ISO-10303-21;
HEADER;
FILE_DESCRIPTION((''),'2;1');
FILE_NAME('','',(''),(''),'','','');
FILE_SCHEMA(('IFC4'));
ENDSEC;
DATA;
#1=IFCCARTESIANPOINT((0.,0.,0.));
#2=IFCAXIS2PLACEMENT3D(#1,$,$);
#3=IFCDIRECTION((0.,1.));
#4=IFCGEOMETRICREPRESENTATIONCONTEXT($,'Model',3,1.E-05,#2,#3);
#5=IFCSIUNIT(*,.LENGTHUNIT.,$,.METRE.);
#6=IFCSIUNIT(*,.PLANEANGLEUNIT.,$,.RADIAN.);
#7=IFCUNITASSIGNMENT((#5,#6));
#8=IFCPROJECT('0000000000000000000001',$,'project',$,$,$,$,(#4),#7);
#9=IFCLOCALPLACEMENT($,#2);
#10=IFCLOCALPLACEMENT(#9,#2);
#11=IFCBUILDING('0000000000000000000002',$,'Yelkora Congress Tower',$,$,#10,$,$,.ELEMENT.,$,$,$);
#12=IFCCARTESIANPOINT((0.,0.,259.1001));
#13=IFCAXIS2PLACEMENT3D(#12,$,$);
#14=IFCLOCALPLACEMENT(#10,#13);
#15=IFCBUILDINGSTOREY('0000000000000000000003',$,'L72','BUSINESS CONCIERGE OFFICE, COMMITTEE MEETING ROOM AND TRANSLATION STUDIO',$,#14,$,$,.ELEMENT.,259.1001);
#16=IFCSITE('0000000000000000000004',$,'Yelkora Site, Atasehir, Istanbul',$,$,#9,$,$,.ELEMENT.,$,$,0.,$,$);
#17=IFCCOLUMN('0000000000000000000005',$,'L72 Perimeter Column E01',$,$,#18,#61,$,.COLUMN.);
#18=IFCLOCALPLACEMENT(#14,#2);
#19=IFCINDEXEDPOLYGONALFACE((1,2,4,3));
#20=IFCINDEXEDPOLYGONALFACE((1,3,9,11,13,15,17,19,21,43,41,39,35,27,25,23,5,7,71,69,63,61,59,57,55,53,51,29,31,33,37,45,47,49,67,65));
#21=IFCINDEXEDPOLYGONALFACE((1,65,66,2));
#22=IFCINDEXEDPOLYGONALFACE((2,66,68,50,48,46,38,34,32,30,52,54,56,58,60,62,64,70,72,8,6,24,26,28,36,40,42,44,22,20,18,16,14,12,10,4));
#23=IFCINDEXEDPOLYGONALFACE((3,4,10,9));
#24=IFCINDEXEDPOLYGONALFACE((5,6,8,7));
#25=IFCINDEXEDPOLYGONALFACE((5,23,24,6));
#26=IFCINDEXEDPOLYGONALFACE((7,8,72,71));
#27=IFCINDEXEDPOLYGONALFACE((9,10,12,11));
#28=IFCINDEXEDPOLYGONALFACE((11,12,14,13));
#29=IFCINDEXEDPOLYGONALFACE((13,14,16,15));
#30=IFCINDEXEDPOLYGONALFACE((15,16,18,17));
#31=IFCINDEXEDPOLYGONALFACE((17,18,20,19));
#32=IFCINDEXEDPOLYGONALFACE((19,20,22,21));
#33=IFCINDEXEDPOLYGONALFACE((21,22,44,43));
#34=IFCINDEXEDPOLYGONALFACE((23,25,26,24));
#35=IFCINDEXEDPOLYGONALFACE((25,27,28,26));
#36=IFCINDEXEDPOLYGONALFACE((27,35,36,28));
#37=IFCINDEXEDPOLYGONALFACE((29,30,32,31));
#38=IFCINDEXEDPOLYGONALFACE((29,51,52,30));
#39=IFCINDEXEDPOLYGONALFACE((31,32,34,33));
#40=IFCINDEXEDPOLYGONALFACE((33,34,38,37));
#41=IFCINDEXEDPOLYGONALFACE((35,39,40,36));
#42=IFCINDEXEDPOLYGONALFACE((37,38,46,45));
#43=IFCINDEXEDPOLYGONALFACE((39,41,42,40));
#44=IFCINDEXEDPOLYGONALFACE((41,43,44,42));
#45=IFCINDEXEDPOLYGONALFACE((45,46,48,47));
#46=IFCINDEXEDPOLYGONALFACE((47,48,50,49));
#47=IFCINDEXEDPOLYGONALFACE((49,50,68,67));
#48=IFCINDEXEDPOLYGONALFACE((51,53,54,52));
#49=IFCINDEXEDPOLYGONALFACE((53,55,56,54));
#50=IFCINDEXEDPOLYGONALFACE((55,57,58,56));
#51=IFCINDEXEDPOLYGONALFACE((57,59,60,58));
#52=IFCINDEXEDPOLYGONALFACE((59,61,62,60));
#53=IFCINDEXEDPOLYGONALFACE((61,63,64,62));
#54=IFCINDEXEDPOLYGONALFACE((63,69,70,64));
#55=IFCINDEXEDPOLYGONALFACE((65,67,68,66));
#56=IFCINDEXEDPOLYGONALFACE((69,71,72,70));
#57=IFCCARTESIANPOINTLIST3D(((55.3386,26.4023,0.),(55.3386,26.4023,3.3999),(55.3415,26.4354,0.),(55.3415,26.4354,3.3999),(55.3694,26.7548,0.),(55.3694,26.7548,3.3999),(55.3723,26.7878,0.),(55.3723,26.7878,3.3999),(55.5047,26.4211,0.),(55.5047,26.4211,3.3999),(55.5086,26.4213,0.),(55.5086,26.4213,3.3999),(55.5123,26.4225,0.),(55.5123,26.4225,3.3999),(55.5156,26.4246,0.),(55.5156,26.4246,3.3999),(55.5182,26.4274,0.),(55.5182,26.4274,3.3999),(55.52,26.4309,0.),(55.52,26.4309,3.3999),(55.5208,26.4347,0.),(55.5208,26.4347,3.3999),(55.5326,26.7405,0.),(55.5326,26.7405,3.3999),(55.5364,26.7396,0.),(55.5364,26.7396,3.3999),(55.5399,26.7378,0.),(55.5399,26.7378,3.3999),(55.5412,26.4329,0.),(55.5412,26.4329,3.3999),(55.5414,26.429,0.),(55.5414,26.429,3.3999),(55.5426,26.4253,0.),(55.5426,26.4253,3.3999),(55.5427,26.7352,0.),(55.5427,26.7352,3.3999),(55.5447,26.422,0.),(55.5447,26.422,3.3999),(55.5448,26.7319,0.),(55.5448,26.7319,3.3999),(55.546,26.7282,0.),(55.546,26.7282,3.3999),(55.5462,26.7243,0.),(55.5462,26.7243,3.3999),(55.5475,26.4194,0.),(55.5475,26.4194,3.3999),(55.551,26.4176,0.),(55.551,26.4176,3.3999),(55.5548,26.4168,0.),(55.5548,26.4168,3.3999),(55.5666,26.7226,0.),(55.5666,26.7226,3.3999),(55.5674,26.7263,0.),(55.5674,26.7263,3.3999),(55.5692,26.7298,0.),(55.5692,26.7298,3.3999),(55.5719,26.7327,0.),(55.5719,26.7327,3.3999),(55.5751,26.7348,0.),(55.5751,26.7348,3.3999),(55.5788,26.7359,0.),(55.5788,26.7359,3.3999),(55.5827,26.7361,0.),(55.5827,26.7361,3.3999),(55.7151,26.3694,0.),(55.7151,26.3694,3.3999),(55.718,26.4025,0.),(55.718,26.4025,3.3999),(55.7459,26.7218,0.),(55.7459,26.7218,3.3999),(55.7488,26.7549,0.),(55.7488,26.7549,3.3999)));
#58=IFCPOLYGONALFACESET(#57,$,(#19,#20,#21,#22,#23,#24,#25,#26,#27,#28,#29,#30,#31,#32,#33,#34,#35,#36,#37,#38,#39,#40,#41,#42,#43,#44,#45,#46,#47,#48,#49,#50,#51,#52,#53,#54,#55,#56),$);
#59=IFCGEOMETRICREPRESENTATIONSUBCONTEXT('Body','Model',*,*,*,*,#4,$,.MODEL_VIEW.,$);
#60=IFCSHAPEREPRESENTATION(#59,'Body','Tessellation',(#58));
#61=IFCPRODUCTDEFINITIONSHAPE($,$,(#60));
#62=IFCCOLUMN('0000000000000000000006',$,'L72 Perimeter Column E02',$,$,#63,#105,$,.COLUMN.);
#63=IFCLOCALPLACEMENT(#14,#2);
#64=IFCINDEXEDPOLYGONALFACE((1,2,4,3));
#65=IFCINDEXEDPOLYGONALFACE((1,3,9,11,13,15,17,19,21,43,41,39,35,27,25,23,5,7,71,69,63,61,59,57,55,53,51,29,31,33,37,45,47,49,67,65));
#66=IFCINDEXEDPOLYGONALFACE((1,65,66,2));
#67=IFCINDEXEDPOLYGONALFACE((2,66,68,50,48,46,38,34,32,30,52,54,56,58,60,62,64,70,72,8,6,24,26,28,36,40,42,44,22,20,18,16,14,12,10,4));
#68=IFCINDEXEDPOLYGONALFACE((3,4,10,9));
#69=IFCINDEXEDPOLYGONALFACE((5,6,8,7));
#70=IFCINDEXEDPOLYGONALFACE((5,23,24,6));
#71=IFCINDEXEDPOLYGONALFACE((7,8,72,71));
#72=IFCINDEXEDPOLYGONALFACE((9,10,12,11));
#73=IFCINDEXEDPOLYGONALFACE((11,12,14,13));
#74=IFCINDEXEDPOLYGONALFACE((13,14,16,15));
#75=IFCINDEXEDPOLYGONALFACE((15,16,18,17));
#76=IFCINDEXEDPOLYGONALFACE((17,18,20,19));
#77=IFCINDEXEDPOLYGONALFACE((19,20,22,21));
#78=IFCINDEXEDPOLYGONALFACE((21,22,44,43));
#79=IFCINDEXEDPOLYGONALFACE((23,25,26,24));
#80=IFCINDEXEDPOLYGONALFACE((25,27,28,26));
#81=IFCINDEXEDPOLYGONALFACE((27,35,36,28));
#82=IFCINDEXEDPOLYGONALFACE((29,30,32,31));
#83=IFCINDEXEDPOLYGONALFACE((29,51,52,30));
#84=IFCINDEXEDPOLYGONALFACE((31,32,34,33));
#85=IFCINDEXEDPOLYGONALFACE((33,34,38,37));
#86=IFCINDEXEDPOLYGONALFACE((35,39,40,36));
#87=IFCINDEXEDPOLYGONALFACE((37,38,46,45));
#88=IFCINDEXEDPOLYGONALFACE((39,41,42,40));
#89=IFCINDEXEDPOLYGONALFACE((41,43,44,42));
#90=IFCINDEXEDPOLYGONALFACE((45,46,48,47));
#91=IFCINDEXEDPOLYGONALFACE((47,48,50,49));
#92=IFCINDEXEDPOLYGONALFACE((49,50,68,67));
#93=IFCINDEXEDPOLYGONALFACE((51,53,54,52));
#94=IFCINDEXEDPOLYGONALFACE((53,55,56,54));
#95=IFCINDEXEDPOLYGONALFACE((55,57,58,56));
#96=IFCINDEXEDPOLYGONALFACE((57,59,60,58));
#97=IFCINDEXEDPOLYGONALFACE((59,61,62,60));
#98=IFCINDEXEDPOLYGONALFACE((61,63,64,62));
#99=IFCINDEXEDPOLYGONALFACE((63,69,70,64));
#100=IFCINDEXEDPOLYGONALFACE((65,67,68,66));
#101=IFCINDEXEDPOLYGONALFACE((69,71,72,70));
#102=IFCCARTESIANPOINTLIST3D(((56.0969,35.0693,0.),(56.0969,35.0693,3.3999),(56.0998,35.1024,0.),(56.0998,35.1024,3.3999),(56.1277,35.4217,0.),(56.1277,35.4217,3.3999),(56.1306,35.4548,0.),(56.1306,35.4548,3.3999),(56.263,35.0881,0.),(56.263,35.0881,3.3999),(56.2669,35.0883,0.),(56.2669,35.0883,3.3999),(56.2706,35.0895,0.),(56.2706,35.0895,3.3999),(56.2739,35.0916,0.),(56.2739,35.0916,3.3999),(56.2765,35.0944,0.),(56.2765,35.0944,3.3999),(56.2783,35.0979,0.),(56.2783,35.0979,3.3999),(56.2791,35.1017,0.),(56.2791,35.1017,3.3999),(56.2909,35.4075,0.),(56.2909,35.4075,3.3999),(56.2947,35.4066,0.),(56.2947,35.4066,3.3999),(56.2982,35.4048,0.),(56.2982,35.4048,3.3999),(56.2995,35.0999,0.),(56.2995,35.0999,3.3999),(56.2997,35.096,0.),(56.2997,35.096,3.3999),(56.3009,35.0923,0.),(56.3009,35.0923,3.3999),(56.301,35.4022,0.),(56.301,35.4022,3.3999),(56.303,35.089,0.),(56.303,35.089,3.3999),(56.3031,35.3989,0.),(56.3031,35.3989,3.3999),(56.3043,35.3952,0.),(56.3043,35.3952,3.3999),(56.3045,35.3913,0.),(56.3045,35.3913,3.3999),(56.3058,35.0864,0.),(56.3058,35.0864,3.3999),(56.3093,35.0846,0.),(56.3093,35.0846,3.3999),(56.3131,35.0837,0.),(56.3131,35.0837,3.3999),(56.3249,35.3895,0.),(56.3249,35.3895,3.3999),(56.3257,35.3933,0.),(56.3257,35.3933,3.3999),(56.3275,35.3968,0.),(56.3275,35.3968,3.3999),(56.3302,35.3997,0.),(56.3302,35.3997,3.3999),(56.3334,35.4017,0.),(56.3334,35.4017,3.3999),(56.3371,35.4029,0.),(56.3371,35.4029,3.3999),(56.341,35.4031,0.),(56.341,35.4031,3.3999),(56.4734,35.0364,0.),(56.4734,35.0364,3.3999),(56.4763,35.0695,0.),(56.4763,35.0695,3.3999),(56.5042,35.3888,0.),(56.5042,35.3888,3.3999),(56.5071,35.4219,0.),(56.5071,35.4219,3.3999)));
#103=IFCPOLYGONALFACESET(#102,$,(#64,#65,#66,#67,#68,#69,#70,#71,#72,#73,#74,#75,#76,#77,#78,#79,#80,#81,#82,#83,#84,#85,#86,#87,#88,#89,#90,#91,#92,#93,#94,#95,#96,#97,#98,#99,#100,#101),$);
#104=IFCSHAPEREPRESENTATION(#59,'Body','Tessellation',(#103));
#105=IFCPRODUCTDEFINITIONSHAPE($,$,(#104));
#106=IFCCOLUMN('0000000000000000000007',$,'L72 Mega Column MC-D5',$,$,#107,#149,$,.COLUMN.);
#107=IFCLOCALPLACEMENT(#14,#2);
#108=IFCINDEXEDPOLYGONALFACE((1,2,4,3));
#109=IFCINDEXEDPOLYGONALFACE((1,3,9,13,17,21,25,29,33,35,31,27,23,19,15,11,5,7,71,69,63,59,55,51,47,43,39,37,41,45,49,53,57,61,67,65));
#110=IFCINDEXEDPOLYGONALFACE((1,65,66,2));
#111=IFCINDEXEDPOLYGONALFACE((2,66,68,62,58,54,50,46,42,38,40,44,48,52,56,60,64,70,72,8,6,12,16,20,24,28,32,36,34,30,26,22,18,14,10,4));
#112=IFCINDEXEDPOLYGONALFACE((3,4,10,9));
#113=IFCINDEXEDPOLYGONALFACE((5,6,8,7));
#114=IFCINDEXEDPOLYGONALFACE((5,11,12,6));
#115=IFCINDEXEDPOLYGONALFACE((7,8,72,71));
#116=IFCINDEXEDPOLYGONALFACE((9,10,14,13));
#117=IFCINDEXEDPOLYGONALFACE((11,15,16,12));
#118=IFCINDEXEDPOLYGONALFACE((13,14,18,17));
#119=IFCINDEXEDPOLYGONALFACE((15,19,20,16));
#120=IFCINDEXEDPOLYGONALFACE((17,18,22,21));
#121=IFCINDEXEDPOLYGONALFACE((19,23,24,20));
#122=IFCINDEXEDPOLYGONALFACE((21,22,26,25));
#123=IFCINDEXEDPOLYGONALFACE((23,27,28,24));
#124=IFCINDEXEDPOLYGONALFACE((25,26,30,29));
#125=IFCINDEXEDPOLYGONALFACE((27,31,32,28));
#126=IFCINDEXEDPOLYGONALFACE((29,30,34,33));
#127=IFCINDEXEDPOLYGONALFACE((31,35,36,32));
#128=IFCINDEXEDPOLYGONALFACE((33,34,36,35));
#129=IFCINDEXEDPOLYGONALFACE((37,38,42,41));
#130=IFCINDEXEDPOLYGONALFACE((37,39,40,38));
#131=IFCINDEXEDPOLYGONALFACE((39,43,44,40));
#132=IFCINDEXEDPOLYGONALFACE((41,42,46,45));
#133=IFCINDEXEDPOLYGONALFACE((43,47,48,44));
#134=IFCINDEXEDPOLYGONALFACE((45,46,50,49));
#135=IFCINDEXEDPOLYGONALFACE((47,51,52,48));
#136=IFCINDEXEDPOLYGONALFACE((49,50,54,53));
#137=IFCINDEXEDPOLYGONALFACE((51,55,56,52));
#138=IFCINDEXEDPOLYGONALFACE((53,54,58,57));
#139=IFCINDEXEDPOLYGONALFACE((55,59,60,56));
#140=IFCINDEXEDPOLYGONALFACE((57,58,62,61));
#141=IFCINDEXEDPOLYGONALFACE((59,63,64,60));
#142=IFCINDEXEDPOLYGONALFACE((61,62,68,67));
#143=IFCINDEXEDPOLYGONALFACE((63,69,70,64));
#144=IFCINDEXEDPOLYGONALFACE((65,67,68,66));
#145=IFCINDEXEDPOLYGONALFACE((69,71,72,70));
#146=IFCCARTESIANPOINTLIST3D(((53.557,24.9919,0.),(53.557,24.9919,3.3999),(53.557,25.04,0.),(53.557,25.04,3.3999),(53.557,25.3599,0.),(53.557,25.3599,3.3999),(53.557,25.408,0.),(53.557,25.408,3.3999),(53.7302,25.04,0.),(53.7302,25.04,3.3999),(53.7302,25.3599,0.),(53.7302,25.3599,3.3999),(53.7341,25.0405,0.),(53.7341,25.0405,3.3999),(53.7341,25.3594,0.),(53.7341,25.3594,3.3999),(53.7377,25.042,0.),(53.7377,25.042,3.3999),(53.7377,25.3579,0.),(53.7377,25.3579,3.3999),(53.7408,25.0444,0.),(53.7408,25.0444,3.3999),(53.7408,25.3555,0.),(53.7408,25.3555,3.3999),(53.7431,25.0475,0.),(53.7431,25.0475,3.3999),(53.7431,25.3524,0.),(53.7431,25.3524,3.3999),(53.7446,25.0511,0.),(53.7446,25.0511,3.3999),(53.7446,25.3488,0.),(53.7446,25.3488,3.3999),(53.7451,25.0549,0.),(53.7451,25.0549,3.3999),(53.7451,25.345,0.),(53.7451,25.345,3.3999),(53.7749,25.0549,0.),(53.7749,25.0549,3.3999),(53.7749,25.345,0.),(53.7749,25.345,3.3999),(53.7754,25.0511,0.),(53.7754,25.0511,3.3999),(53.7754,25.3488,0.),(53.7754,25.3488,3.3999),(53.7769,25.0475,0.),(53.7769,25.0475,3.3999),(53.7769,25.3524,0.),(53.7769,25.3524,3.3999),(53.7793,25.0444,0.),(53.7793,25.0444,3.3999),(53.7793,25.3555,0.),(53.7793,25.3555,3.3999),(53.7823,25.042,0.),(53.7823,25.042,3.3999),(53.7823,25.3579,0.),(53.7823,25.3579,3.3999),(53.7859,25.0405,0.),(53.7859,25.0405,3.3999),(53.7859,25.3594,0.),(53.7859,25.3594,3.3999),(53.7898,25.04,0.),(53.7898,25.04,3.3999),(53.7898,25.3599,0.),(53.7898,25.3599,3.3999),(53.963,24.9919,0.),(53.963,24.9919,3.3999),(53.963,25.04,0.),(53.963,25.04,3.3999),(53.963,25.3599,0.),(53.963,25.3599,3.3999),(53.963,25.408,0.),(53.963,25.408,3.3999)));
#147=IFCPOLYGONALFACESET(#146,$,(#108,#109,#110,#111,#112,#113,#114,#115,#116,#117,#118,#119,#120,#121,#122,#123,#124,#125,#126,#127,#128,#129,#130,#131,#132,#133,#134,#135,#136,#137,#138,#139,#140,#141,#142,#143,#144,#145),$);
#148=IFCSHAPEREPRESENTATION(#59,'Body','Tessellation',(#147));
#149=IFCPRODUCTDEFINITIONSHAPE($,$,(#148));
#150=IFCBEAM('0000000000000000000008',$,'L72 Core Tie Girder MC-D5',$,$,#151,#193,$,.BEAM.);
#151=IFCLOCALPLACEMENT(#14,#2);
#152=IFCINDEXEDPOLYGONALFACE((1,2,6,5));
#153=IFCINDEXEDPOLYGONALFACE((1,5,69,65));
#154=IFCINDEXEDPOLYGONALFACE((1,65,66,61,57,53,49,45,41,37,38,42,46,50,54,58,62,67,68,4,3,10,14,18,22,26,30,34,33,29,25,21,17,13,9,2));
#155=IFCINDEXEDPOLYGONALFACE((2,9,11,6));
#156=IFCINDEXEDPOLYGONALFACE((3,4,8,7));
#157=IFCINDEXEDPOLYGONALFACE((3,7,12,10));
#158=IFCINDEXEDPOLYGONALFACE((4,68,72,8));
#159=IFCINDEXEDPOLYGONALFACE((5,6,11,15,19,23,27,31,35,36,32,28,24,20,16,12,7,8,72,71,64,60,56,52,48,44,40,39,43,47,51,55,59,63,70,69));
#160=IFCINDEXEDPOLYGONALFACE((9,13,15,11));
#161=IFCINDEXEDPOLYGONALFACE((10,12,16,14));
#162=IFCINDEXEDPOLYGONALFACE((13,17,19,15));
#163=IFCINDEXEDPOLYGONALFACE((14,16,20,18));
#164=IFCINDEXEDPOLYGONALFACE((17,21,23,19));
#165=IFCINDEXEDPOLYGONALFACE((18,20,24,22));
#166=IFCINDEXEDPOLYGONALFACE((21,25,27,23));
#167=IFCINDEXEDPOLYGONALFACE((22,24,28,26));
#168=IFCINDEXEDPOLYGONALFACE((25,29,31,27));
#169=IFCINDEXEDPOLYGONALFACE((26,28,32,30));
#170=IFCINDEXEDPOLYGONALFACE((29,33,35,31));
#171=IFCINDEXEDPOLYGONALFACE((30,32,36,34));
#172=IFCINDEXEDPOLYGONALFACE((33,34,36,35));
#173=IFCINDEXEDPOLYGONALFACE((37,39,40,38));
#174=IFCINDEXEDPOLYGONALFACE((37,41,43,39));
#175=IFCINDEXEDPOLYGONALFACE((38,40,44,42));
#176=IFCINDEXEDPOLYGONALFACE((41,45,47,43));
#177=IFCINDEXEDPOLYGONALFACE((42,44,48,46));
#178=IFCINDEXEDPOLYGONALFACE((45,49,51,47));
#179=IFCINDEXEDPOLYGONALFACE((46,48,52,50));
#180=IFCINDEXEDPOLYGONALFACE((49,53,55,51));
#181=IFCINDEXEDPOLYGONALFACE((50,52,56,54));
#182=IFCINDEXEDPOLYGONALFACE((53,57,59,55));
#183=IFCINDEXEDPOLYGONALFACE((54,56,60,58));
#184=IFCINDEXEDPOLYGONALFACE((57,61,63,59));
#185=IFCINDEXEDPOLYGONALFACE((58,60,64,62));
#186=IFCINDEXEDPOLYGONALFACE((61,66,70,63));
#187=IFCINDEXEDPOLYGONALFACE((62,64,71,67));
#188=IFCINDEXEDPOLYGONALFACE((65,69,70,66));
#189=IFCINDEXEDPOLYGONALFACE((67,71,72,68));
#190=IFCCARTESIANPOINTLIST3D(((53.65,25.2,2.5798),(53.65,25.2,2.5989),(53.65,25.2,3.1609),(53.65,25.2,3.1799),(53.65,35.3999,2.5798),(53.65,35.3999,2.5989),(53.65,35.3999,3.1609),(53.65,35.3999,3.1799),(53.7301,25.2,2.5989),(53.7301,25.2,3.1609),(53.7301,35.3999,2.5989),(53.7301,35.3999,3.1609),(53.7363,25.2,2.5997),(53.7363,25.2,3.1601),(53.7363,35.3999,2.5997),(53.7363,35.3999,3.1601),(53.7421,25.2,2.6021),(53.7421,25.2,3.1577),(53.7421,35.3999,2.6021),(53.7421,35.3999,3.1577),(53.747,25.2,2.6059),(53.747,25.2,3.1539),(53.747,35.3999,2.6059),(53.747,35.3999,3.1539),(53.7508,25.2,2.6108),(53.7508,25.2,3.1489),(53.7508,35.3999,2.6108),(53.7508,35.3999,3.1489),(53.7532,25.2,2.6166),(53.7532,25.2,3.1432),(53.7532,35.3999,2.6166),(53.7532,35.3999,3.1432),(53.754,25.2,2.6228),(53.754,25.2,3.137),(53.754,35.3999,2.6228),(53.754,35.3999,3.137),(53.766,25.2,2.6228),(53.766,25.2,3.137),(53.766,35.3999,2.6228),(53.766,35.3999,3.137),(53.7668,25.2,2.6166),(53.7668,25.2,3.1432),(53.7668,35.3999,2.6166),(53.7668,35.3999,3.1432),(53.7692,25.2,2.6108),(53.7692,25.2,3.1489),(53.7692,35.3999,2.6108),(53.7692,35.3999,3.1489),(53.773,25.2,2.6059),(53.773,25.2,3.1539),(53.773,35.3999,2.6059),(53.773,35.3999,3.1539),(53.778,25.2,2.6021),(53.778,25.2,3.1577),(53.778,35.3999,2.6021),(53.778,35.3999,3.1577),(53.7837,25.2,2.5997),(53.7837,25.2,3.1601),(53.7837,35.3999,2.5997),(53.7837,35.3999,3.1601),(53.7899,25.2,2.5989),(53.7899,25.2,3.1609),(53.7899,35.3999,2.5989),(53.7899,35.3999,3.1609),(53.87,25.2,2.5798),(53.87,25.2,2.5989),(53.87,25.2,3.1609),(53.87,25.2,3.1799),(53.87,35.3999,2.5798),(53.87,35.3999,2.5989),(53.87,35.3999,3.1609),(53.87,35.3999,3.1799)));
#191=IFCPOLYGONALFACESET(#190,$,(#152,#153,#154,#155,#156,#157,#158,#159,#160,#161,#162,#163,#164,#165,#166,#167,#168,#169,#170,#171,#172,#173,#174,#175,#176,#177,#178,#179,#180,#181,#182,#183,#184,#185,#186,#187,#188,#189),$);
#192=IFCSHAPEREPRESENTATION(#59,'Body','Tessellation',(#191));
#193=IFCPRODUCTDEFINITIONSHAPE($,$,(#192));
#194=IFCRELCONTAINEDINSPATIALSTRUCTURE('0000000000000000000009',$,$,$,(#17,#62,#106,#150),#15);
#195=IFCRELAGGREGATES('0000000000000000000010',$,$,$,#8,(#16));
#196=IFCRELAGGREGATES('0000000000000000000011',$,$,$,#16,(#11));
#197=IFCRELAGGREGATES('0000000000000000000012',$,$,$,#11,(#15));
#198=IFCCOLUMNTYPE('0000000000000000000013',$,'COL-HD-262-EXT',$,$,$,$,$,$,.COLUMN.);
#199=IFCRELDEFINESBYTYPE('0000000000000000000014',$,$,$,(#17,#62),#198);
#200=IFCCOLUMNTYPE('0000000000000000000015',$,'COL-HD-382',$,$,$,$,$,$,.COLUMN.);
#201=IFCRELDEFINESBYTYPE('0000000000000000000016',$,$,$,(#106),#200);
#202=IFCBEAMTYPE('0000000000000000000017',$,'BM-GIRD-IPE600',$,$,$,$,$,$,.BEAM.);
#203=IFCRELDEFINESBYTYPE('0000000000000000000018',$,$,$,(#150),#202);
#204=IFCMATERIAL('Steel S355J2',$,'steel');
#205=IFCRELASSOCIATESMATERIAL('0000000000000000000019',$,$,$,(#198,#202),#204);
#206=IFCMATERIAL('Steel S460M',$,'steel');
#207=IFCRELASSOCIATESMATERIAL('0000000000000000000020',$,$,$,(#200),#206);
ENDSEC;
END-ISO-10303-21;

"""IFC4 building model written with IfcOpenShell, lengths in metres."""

from ifc_helpers import new_model, si_unit, direction, frame, origin, origin_2d, place, context, subcontext, project, spatial, i_section, extrude, material, material_profile, profile_set, type_object, element, save


model = new_model("IFC4")

# Units and contexts
model_context = context("Model", 3, precision=1e-05, world=origin(), true_north=direction((0.0, 1.0)))
body_context = subcontext(model_context, "Body", "Model", "MODEL_VIEW")
ifc_project = project(units=[si_unit("LENGTHUNIT", "METRE"), si_unit("PLANEANGLEUNIT", "RADIAN")], contexts=[model_context])

# Site, building, storey
site_placement = place(None, origin())
site = spatial("IfcSite", under=ifc_project, at=site_placement, Name="Yelkora Site, Atasehir, Istanbul", CompositionType="ELEMENT", RefElevation=0.0)
building_placement = place(site_placement, origin())
building = spatial("IfcBuilding", under=site, at=building_placement, Name="Yelkora Congress Tower", CompositionType="ELEMENT")
storey_placement = place(building_placement, frame((0.0, 0.0, 259.1001)))
storey = spatial("IfcBuildingStorey", under=building, at=storey_placement, Name="L72", Description="BUSINESS CONCIERGE OFFICE, COMMITTEE MEETING ROOM AND TRANSLATION STUDIO", CompositionType="ELEMENT", Elevation=259.1001)

# Columns
ifc_material_1 = material(Name="Steel S355J2", Category="steel")
ifc_material_profile_1 = material_profile(ifc_material_1, i_section(OverallWidth=0.3779, OverallDepth=0.387, WebThickness=0.0205, FlangeThickness=0.0332, FilletRadius=0.0149, at=origin_2d()), Name="HD 360x262")
ifc_profile_set_1 = profile_set([ifc_material_profile_1], Name="Steel S355J2")
column_type_1 = type_object("IfcColumnType", Name="COL-HD-262-EXT", PredefinedType="COLUMN", material=ifc_profile_set_1)
for number, where, z_axis, x_axis, name in (
    (1, (55.5437, 26.5786, 0.0), (0.0, 0.0, 1.0), (0.996195, -0.087156, 0.0), "L72 Perimeter Column E01"),
    (2, (56.302, 35.2456, 0.0), (0.0, 0.0, 1.0), (0.996195, -0.087156, 0.0), "L72 Perimeter Column E02"),
):
    element("IfcColumn", number, at=place(storey_placement, frame(where, z_axis=z_axis, x_axis=x_axis)), inside=storey, type_object=column_type_1, Name=name, PredefinedType="COLUMN", context=body_context, shape_type="SweptSolid", body=[
        extrude(i_section(OverallWidth=0.3779, OverallDepth=0.387, WebThickness=0.0205, FlangeThickness=0.0332, FilletRadius=0.0149, at=origin_2d()), origin(), (0.0, 0.0, 1.0), 3.3999),
    ])
ifc_material_2 = material(Name="Steel S460M", Category="steel")
ifc_material_profile_2 = material_profile(ifc_material_2, i_section(OverallWidth=0.406, OverallDepth=0.416, WebThickness=0.0298, FlangeThickness=0.0481, FilletRadius=0.0149, at=origin_2d()), Name="HD 400x382")
ifc_profile_set_2 = profile_set([ifc_material_profile_2], Name="Steel S460M")
column_type_2 = type_object("IfcColumnType", Name="COL-HD-382", PredefinedType="COLUMN", material=ifc_profile_set_2)
column_placement = place(storey_placement, frame((53.76, 25.2, 0.0), z_axis=(0.0, 0.0, 1.0), x_axis=(1.0, 0.0, 0.0)))
element("IfcColumn", 3, at=column_placement, inside=storey, type_object=column_type_2, Name="L72 Mega Column MC-D5", PredefinedType="COLUMN", context=body_context, shape_type="SweptSolid", body=[
    extrude(i_section(OverallWidth=0.406, OverallDepth=0.416, WebThickness=0.0298, FlangeThickness=0.0481, FilletRadius=0.0149, at=origin_2d()), origin(), (0.0, 0.0, 1.0), 3.3999),
])

# Beam
ifc_material_profile_3 = material_profile(ifc_material_1, i_section(OverallWidth=0.22, OverallDepth=0.6001, WebThickness=0.012, FlangeThickness=0.019, FilletRadius=0.0239, at=origin_2d()), Name="IPE 600")
ifc_profile_set_3 = profile_set([ifc_material_profile_3], Name="Steel S355J2")
beam_type_1 = type_object("IfcBeamType", Name="BM-GIRD-IPE600", PredefinedType="BEAM", material=ifc_profile_set_3)
beam_1_placement = place(storey_placement, frame((53.76, 25.2, 2.8799), z_axis=(0.0, 1.0, 0.0), x_axis=(-1.0, 0.0, 0.0)))
element("IfcBeam", 4, at=beam_1_placement, inside=storey, type_object=beam_type_1, Name="L72 Core Tie Girder MC-D5", PredefinedType="BEAM", context=body_context, shape_type="SweptSolid", body=[
    extrude(i_section(OverallWidth=0.22, OverallDepth=0.6001, WebThickness=0.012, FlangeThickness=0.019, FilletRadius=0.0239, at=origin_2d()), origin(), (0.0, 0.0, 1.0), 10.2),
])

save(model, "model.ifc")
